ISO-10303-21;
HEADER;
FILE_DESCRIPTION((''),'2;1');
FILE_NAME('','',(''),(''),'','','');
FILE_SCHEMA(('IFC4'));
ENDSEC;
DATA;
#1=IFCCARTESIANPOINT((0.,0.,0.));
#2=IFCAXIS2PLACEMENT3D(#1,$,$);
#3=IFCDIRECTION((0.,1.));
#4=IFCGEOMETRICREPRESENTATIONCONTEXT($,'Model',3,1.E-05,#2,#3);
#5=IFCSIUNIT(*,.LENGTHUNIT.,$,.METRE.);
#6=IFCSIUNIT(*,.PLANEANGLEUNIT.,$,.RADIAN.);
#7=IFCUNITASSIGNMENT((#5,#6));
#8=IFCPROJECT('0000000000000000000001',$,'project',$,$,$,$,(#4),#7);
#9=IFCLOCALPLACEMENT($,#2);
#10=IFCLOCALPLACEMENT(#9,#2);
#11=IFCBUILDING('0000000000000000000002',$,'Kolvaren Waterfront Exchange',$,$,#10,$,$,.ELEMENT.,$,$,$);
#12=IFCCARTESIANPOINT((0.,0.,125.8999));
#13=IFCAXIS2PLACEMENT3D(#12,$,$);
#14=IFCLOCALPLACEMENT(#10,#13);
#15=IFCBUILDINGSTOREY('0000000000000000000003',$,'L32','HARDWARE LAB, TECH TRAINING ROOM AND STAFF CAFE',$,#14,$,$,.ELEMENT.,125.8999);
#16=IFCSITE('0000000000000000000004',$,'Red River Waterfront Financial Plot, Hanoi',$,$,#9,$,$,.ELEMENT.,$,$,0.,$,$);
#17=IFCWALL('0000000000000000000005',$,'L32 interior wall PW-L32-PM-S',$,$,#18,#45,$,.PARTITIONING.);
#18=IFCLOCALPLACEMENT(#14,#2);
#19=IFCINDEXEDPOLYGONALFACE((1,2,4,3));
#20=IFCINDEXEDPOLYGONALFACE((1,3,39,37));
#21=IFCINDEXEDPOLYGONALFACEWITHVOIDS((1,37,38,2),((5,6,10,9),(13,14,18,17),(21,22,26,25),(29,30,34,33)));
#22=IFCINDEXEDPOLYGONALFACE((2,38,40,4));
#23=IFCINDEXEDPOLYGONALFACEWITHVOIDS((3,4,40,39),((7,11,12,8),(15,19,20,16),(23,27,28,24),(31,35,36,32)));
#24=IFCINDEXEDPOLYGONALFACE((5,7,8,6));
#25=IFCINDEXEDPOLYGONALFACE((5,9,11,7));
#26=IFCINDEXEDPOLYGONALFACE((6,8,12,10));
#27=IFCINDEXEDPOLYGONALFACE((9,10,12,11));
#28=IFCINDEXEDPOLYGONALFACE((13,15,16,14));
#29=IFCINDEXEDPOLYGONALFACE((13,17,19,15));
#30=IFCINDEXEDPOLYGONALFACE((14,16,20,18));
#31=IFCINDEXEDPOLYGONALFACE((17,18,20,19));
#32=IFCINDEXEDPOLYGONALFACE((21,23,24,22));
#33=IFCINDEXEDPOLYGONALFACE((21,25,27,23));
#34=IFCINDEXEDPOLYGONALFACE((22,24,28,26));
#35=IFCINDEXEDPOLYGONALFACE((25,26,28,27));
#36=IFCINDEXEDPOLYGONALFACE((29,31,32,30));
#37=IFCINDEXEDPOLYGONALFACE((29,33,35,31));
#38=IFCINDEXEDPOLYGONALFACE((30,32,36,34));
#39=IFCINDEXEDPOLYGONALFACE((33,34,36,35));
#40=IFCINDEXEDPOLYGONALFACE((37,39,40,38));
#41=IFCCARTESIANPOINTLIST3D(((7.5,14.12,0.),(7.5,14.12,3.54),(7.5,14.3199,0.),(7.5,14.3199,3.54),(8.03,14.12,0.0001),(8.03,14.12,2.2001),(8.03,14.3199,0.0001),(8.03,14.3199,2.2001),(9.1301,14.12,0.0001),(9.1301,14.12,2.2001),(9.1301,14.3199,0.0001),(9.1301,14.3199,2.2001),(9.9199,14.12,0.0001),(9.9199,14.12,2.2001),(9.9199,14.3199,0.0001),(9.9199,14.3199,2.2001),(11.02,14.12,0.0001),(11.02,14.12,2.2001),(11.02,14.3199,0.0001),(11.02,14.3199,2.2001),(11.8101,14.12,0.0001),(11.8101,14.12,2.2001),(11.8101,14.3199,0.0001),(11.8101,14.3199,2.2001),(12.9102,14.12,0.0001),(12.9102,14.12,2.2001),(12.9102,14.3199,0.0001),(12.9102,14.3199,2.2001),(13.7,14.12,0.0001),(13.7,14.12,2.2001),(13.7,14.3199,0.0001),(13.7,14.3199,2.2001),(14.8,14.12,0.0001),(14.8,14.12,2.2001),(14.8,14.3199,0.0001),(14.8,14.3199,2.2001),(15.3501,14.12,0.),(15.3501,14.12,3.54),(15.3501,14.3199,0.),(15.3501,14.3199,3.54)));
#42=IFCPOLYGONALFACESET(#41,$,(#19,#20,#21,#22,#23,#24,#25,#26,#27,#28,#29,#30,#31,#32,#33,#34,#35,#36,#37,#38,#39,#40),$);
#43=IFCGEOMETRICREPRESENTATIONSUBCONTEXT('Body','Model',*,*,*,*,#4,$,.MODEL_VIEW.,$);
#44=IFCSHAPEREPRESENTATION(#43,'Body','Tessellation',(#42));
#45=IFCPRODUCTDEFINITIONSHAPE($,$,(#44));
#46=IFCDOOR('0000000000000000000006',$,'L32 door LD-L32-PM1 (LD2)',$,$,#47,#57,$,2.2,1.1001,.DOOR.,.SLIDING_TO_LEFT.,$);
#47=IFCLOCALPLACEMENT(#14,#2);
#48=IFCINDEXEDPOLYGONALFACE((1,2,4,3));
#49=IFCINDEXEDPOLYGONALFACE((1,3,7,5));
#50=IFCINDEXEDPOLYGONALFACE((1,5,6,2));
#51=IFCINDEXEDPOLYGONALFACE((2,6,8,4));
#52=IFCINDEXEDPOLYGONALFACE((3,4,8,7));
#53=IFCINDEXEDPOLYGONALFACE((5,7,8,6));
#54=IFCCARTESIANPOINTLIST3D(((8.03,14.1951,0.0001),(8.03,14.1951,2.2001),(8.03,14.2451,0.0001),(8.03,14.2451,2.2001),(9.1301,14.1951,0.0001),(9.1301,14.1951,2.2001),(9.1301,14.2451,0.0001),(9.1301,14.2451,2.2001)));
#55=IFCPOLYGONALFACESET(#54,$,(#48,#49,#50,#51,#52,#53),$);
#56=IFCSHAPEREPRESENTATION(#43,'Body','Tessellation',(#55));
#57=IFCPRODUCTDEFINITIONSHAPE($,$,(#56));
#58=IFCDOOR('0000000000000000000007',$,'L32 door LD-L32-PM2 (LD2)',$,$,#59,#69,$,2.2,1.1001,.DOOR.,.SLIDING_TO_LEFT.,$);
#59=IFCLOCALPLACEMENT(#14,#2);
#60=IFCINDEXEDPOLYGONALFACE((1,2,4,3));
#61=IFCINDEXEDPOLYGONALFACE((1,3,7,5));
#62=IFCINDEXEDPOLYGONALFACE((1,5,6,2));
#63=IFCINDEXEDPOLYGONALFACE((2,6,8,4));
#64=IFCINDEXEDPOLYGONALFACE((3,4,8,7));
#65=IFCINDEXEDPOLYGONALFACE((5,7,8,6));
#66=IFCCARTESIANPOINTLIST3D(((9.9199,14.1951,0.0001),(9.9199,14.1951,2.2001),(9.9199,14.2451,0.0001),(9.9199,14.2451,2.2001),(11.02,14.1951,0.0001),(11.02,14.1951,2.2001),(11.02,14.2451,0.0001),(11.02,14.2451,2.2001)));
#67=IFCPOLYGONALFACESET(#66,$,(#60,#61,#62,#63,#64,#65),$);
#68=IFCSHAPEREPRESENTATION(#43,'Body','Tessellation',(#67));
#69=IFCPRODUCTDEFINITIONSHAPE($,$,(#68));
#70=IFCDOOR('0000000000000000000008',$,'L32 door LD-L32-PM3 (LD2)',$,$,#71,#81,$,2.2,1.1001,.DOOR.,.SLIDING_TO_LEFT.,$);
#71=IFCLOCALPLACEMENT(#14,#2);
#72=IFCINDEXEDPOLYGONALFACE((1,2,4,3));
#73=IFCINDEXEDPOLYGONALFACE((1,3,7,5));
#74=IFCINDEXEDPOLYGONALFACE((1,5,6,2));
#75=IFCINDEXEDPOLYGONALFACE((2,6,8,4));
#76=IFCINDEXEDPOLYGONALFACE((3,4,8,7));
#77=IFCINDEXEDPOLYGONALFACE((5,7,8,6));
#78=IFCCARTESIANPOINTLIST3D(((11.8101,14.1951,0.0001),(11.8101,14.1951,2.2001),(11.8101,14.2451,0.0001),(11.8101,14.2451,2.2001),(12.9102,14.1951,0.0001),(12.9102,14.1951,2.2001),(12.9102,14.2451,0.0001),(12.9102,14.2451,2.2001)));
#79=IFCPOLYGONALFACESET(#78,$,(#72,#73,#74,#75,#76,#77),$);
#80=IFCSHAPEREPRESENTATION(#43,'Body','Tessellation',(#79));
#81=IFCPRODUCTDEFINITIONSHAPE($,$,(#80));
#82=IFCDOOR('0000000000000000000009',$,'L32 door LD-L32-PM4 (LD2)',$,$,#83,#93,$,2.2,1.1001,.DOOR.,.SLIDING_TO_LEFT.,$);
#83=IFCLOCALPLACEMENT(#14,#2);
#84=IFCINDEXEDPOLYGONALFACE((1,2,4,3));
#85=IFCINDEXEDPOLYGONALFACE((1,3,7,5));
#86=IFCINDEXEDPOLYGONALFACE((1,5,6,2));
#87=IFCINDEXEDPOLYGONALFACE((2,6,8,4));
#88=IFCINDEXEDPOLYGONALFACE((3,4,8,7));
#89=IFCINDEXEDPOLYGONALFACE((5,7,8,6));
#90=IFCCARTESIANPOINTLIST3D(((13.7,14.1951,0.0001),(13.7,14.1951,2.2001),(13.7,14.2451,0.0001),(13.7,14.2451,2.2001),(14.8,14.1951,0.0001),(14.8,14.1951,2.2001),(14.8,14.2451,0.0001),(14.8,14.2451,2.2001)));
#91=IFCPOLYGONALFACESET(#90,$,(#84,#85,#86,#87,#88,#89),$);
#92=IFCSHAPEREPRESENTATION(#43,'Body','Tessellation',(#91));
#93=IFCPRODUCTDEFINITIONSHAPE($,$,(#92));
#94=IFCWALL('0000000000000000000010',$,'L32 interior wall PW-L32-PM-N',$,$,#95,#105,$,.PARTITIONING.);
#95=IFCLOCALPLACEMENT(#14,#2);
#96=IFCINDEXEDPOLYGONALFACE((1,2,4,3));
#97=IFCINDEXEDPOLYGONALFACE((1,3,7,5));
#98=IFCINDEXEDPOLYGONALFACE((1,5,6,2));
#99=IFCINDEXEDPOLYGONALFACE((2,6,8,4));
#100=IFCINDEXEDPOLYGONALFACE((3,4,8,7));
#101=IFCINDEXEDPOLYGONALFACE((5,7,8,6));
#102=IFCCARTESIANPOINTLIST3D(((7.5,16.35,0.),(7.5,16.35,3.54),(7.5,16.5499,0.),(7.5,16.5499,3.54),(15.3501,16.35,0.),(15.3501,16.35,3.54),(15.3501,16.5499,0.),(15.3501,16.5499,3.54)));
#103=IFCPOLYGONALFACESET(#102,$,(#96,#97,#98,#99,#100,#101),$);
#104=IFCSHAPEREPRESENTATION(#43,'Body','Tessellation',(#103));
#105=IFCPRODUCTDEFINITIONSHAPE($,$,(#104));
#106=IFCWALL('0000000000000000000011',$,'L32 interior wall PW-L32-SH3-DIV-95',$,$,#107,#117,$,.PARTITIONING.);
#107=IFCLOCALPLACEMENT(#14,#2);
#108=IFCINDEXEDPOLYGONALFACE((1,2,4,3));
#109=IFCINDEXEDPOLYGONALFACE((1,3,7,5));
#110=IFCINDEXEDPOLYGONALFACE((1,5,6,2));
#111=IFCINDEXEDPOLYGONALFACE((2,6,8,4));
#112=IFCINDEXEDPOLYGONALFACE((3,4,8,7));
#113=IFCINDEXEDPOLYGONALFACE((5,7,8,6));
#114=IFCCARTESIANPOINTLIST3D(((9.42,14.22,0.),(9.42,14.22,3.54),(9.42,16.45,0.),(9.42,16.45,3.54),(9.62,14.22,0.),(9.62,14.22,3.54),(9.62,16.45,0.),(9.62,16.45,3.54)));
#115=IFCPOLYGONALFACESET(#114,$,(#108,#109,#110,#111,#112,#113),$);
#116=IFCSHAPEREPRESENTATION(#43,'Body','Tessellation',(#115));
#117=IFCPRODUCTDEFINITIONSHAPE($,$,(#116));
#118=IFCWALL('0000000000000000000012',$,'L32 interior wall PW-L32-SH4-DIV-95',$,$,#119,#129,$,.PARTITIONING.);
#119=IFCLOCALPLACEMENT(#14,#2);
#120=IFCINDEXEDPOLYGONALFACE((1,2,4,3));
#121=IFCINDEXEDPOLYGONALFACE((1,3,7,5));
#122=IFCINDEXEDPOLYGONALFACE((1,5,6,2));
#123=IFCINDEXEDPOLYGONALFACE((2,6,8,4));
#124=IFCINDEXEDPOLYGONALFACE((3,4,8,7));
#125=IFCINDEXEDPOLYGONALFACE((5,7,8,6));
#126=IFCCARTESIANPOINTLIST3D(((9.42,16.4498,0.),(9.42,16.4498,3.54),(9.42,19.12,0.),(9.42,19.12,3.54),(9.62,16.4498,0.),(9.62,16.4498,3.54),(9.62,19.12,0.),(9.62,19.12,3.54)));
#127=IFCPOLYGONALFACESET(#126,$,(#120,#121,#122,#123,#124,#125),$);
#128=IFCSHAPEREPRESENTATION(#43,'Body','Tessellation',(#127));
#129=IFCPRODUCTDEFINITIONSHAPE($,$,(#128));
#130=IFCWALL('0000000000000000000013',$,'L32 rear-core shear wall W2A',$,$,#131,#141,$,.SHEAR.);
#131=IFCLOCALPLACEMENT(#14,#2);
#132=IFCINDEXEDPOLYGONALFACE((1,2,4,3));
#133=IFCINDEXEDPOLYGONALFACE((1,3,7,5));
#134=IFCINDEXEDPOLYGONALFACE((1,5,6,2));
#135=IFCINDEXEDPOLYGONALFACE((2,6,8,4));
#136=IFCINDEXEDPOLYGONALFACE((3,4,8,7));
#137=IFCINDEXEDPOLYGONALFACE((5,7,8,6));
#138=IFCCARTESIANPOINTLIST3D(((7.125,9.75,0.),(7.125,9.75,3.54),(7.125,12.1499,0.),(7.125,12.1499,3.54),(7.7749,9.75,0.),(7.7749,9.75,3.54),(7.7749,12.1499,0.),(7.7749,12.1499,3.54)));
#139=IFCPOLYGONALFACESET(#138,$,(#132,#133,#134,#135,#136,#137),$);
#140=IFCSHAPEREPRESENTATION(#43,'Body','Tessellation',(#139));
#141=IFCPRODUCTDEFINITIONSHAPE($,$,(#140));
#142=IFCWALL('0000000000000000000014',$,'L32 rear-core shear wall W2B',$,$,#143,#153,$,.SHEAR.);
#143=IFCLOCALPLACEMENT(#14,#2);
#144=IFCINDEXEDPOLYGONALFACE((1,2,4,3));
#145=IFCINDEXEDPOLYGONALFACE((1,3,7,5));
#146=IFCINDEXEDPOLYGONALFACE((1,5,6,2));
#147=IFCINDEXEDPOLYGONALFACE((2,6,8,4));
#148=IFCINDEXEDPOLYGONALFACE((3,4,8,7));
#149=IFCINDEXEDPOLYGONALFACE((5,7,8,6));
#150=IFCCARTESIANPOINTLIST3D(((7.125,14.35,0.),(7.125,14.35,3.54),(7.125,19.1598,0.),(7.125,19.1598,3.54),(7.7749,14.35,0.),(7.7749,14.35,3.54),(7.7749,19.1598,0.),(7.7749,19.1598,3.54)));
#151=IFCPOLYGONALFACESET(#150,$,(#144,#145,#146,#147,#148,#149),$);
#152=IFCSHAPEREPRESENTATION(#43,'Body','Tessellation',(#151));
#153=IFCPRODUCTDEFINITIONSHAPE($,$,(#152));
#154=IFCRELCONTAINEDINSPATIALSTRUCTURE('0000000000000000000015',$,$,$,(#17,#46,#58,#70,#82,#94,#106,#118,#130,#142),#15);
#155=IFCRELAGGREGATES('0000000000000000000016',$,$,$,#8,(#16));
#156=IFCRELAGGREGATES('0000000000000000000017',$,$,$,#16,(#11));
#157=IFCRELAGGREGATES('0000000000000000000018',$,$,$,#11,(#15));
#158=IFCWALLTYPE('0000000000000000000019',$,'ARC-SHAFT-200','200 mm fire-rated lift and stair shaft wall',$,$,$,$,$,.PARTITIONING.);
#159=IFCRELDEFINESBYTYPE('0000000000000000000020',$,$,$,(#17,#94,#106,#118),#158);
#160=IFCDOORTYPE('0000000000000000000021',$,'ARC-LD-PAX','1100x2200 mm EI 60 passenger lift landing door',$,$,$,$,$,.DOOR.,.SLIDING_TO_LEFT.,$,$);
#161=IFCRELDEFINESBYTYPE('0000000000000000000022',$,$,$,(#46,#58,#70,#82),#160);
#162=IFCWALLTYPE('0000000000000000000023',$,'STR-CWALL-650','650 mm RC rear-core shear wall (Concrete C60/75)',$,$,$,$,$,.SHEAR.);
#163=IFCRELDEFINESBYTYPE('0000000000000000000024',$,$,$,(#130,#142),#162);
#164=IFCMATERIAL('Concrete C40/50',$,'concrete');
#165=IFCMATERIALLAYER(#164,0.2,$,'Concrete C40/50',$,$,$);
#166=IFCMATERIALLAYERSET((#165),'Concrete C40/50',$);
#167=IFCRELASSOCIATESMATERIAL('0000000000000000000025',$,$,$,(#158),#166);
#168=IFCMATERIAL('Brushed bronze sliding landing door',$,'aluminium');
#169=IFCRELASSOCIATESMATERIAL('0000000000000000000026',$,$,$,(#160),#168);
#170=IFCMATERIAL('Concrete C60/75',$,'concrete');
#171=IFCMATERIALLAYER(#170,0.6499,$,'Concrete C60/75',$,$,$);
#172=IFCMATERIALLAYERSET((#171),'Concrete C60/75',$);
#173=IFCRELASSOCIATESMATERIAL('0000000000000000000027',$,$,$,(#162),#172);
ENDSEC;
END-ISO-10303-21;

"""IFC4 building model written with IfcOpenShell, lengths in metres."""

from ifc_helpers import new_model, si_unit, direction, frame, frame_2d, origin, place, context, subcontext, project, spatial, rectangle, extrude, material, layer, layer_set, type_object, element, fill, save


model = new_model("IFC4")

# Units and contexts
model_context = context("Model", 3, precision=1e-05, world=origin(), true_north=direction((0.0, 1.0)))
body_context = subcontext(model_context, "Body", "Model", "MODEL_VIEW")
ifc_project = project(units=[si_unit("LENGTHUNIT", "METRE"), si_unit("PLANEANGLEUNIT", "RADIAN")], contexts=[model_context])

# Site, building, storey
site_placement = place(None, origin())
site = spatial("IfcSite", under=ifc_project, at=site_placement, Name="Red River Waterfront Financial Plot, Hanoi", CompositionType="ELEMENT", RefElevation=0.0)
building_placement = place(site_placement, origin())
building = spatial("IfcBuilding", under=site, at=building_placement, Name="Kolvaren Waterfront Exchange", CompositionType="ELEMENT")
storey_placement = place(building_placement, frame((0.0, 0.0, 125.8999)))
storey = spatial("IfcBuildingStorey", under=building, at=storey_placement, Name="L32", Description="HARDWARE LAB, TECH TRAINING ROOM AND STAFF CAFE", CompositionType="ELEMENT", Elevation=125.8999)

# Shared definitions
ifc_material_1 = material(Name="Concrete C60/75", Category="concrete")

# Wall, openings, doors
ifc_material_2 = material(Name="Concrete C40/50", Category="concrete")
ifc_layer_1 = layer(ifc_material_2, 0.2, Name="Concrete C40/50")
ifc_layer_set_1 = layer_set([ifc_layer_1], Name="Concrete C40/50")
wall_type_1 = type_object("IfcWallType", Name="ARC-SHAFT-200", Description="200 mm fire-rated lift and stair shaft wall", PredefinedType="PARTITIONING", material=ifc_layer_set_1)
wall_1_placement = place(storey_placement, frame((7.5, 14.22, 0.0), z_axis=(0.0, 0.0, 1.0), x_axis=(1.0, 0.0, 0.0)))
wall_1 = element("IfcWall", 1, at=wall_1_placement, inside=storey, type_object=wall_type_1, Name="L32 interior wall PW-L32-PM-S", PredefinedType="PARTITIONING", context=body_context, shape_type="SweptSolid", body=[
    extrude(rectangle(XDim=7.8501, YDim=0.2, at=frame_2d((3.925, 0.0))), origin(), (0.0, 0.0, 1.0), 3.54),
])
opening_1_placement = place(wall_1_placement, frame((0.53, 0.0, 0.0)))
opening_1 = element("IfcOpeningElement", 2, at=opening_1_placement, cuts=wall_1, PredefinedType="OPENING", context=body_context, shape_type="SweptSolid", body=[
    extrude(rectangle(XDim=1.1001, YDim=2.2, at=frame_2d((0.55, 1.1001))), frame((0.0, 0.1099, 0.0), z_axis=(0.0, -1.0, 0.0), x_axis=(1.0, 0.0, 0.0)), (0.0, 0.0, 1.0), 0.22),
])
opening_2_placement = place(wall_1_placement, frame((2.4199, 0.0, 0.0)))
opening_2 = element("IfcOpeningElement", 3, at=opening_2_placement, cuts=wall_1, PredefinedType="OPENING", context=body_context, shape_type="SweptSolid", body=[
    extrude(rectangle(XDim=1.1001, YDim=2.2, at=frame_2d((0.55, 1.1001))), frame((0.0, 0.1099, 0.0), z_axis=(0.0, -1.0, 0.0), x_axis=(1.0, 0.0, 0.0)), (0.0, 0.0, 1.0), 0.22),
])
opening_3_placement = place(wall_1_placement, frame((4.3101, 0.0, 0.0)))
opening_3 = element("IfcOpeningElement", 4, at=opening_3_placement, cuts=wall_1, PredefinedType="OPENING", context=body_context, shape_type="SweptSolid", body=[
    extrude(rectangle(XDim=1.1001, YDim=2.2, at=frame_2d((0.55, 1.1001))), frame((0.0, 0.1099, 0.0), z_axis=(0.0, -1.0, 0.0), x_axis=(1.0, 0.0, 0.0)), (0.0, 0.0, 1.0), 0.22),
])
opening_4_placement = place(wall_1_placement, frame((6.2, 0.0, 0.0)))
opening_4 = element("IfcOpeningElement", 5, at=opening_4_placement, cuts=wall_1, PredefinedType="OPENING", context=body_context, shape_type="SweptSolid", body=[
    extrude(rectangle(XDim=1.1001, YDim=2.2, at=frame_2d((0.55, 1.1001))), frame((0.0, 0.1099, 0.0), z_axis=(0.0, -1.0, 0.0), x_axis=(1.0, 0.0, 0.0)), (0.0, 0.0, 1.0), 0.22),
])
ifc_material_3 = material(Name="Brushed bronze sliding landing door", Category="aluminium")
door_type_1 = type_object("IfcDoorType", Name="ARC-LD-PAX", Description="1100x2200 mm EI 60 passenger lift landing door", OperationType="SLIDING_TO_LEFT", PredefinedType="DOOR", material=ifc_material_3)
door_1_placement = place(opening_1_placement, frame((1.1001, 0.0, 0.0), z_axis=(0.0, 0.0, 1.0), x_axis=(-1.0, 0.0, 0.0)))
door_1 = element("IfcDoor", 6, at=door_1_placement, inside=storey, type_object=door_type_1, Name="L32 door LD-L32-PM1 (LD2)", OperationType="SLIDING_TO_LEFT", OverallHeight=2.2, OverallWidth=1.1001, PredefinedType="DOOR", context=body_context, shape_type="SweptSolid", body=[
    extrude(rectangle(XDim=1.1001, YDim=2.2, at=frame_2d((0.55, 1.1001))), frame((0.0, 0.0249, 0.0), z_axis=(0.0, -1.0, 0.0), x_axis=(1.0, 0.0, 0.0)), (0.0, 0.0, 1.0), 0.05),
])
fill(opening_1, door_1)
door_2_placement = place(opening_2_placement, frame((1.1001, 0.0, 0.0), z_axis=(0.0, 0.0, 1.0), x_axis=(-1.0, 0.0, 0.0)))
door_2 = element("IfcDoor", 7, at=door_2_placement, inside=storey, type_object=door_type_1, Name="L32 door LD-L32-PM2 (LD2)", OperationType="SLIDING_TO_LEFT", OverallHeight=2.2, OverallWidth=1.1001, PredefinedType="DOOR", context=body_context, shape_type="SweptSolid", body=[
    extrude(rectangle(XDim=1.1001, YDim=2.2, at=frame_2d((0.55, 1.1001))), frame((0.0, 0.0249, 0.0), z_axis=(0.0, -1.0, 0.0), x_axis=(1.0, 0.0, 0.0)), (0.0, 0.0, 1.0), 0.05),
])
fill(opening_2, door_2)
door_3_placement = place(opening_3_placement, frame((1.1001, 0.0, 0.0), z_axis=(0.0, 0.0, 1.0), x_axis=(-1.0, 0.0, 0.0)))
door_3 = element("IfcDoor", 8, at=door_3_placement, inside=storey, type_object=door_type_1, Name="L32 door LD-L32-PM3 (LD2)", OperationType="SLIDING_TO_LEFT", OverallHeight=2.2, OverallWidth=1.1001, PredefinedType="DOOR", context=body_context, shape_type="SweptSolid", body=[
    extrude(rectangle(XDim=1.1001, YDim=2.2, at=frame_2d((0.55, 1.1001))), frame((0.0, 0.0249, 0.0), z_axis=(0.0, -1.0, 0.0), x_axis=(1.0, 0.0, 0.0)), (0.0, 0.0, 1.0), 0.05),
])
fill(opening_3, door_3)
door_4_placement = place(opening_4_placement, frame((1.1001, 0.0, 0.0), z_axis=(0.0, 0.0, 1.0), x_axis=(-1.0, 0.0, 0.0)))
door_4 = element("IfcDoor", 9, at=door_4_placement, inside=storey, type_object=door_type_1, Name="L32 door LD-L32-PM4 (LD2)", OperationType="SLIDING_TO_LEFT", OverallHeight=2.2, OverallWidth=1.1001, PredefinedType="DOOR", context=body_context, shape_type="SweptSolid", body=[
    extrude(rectangle(XDim=1.1001, YDim=2.2, at=frame_2d((0.55, 1.1001))), frame((0.0, 0.0249, 0.0), z_axis=(0.0, -1.0, 0.0), x_axis=(1.0, 0.0, 0.0)), (0.0, 0.0, 1.0), 0.05),
])
fill(opening_4, door_4)

# Walls
wall_2_placement = place(storey_placement, frame((7.5, 16.45, 0.0), z_axis=(0.0, 0.0, 1.0), x_axis=(1.0, 0.0, 0.0)))
element("IfcWall", 10, at=wall_2_placement, inside=storey, type_object=wall_type_1, Name="L32 interior wall PW-L32-PM-N", PredefinedType="PARTITIONING", context=body_context, shape_type="SweptSolid", body=[
    extrude(rectangle(XDim=7.8501, YDim=0.2, at=frame_2d((3.925, 0.0))), origin(), (0.0, 0.0, 1.0), 3.54),
])
wall_3_placement = place(storey_placement, frame((9.52, 14.22, 0.0), z_axis=(0.0, 0.0, 1.0), x_axis=(0.0, 1.0, 0.0)))
element("IfcWall", 11, at=wall_3_placement, inside=storey, type_object=wall_type_1, Name="L32 interior wall PW-L32-SH3-DIV-95", PredefinedType="PARTITIONING", context=body_context, shape_type="SweptSolid", body=[
    extrude(rectangle(XDim=2.23, YDim=0.2, at=frame_2d((1.115, 0.0))), origin(), (0.0, 0.0, 1.0), 3.54),
])
wall_4_placement = place(storey_placement, frame((9.52, 16.45, 0.0), z_axis=(0.0, 0.0, 1.0), x_axis=(0.0, 1.0, 0.0)))
element("IfcWall", 12, at=wall_4_placement, inside=storey, type_object=wall_type_1, Name="L32 interior wall PW-L32-SH4-DIV-95", PredefinedType="PARTITIONING", context=body_context, shape_type="SweptSolid", body=[
    extrude(rectangle(XDim=2.6702, YDim=0.2, at=frame_2d((1.335, 0.0))), origin(), (0.0, 0.0, 1.0), 3.54),
])
ifc_layer_2 = layer(ifc_material_1, 0.6499, Name="Concrete C60/75")
ifc_layer_set_2 = layer_set([ifc_layer_2], Name="Concrete C60/75")
wall_type_2 = type_object("IfcWallType", Name="STR-CWALL-650", Description="650 mm RC rear-core shear wall (Concrete C60/75)", PredefinedType="SHEAR", material=ifc_layer_set_2)
wall_5_placement = place(storey_placement, frame((7.45, 9.75, 0.0), z_axis=(0.0, 0.0, 1.0), x_axis=(0.0, 1.0, 0.0)))
element("IfcWall", 13, at=wall_5_placement, inside=storey, type_object=wall_type_2, Name="L32 rear-core shear wall W2A", PredefinedType="SHEAR", context=body_context, shape_type="SweptSolid", body=[
    extrude(rectangle(XDim=2.3999, YDim=0.6499, at=frame_2d((1.2, 0.0))), origin(), (0.0, 0.0, 1.0), 3.54),
])
wall_6_placement = place(storey_placement, frame((7.45, 14.3501, 0.0), z_axis=(0.0, 0.0, 1.0), x_axis=(0.0, 1.0, 0.0)))
element("IfcWall", 14, at=wall_6_placement, inside=storey, type_object=wall_type_2, Name="L32 rear-core shear wall W2B", PredefinedType="SHEAR", context=body_context, shape_type="SweptSolid", body=[
    extrude(rectangle(XDim=4.8098, YDim=0.6499, at=frame_2d((2.4048, 0.0))), origin(), (0.0, 0.0, 1.0), 3.54),
])

save(model, "model.ifc")
